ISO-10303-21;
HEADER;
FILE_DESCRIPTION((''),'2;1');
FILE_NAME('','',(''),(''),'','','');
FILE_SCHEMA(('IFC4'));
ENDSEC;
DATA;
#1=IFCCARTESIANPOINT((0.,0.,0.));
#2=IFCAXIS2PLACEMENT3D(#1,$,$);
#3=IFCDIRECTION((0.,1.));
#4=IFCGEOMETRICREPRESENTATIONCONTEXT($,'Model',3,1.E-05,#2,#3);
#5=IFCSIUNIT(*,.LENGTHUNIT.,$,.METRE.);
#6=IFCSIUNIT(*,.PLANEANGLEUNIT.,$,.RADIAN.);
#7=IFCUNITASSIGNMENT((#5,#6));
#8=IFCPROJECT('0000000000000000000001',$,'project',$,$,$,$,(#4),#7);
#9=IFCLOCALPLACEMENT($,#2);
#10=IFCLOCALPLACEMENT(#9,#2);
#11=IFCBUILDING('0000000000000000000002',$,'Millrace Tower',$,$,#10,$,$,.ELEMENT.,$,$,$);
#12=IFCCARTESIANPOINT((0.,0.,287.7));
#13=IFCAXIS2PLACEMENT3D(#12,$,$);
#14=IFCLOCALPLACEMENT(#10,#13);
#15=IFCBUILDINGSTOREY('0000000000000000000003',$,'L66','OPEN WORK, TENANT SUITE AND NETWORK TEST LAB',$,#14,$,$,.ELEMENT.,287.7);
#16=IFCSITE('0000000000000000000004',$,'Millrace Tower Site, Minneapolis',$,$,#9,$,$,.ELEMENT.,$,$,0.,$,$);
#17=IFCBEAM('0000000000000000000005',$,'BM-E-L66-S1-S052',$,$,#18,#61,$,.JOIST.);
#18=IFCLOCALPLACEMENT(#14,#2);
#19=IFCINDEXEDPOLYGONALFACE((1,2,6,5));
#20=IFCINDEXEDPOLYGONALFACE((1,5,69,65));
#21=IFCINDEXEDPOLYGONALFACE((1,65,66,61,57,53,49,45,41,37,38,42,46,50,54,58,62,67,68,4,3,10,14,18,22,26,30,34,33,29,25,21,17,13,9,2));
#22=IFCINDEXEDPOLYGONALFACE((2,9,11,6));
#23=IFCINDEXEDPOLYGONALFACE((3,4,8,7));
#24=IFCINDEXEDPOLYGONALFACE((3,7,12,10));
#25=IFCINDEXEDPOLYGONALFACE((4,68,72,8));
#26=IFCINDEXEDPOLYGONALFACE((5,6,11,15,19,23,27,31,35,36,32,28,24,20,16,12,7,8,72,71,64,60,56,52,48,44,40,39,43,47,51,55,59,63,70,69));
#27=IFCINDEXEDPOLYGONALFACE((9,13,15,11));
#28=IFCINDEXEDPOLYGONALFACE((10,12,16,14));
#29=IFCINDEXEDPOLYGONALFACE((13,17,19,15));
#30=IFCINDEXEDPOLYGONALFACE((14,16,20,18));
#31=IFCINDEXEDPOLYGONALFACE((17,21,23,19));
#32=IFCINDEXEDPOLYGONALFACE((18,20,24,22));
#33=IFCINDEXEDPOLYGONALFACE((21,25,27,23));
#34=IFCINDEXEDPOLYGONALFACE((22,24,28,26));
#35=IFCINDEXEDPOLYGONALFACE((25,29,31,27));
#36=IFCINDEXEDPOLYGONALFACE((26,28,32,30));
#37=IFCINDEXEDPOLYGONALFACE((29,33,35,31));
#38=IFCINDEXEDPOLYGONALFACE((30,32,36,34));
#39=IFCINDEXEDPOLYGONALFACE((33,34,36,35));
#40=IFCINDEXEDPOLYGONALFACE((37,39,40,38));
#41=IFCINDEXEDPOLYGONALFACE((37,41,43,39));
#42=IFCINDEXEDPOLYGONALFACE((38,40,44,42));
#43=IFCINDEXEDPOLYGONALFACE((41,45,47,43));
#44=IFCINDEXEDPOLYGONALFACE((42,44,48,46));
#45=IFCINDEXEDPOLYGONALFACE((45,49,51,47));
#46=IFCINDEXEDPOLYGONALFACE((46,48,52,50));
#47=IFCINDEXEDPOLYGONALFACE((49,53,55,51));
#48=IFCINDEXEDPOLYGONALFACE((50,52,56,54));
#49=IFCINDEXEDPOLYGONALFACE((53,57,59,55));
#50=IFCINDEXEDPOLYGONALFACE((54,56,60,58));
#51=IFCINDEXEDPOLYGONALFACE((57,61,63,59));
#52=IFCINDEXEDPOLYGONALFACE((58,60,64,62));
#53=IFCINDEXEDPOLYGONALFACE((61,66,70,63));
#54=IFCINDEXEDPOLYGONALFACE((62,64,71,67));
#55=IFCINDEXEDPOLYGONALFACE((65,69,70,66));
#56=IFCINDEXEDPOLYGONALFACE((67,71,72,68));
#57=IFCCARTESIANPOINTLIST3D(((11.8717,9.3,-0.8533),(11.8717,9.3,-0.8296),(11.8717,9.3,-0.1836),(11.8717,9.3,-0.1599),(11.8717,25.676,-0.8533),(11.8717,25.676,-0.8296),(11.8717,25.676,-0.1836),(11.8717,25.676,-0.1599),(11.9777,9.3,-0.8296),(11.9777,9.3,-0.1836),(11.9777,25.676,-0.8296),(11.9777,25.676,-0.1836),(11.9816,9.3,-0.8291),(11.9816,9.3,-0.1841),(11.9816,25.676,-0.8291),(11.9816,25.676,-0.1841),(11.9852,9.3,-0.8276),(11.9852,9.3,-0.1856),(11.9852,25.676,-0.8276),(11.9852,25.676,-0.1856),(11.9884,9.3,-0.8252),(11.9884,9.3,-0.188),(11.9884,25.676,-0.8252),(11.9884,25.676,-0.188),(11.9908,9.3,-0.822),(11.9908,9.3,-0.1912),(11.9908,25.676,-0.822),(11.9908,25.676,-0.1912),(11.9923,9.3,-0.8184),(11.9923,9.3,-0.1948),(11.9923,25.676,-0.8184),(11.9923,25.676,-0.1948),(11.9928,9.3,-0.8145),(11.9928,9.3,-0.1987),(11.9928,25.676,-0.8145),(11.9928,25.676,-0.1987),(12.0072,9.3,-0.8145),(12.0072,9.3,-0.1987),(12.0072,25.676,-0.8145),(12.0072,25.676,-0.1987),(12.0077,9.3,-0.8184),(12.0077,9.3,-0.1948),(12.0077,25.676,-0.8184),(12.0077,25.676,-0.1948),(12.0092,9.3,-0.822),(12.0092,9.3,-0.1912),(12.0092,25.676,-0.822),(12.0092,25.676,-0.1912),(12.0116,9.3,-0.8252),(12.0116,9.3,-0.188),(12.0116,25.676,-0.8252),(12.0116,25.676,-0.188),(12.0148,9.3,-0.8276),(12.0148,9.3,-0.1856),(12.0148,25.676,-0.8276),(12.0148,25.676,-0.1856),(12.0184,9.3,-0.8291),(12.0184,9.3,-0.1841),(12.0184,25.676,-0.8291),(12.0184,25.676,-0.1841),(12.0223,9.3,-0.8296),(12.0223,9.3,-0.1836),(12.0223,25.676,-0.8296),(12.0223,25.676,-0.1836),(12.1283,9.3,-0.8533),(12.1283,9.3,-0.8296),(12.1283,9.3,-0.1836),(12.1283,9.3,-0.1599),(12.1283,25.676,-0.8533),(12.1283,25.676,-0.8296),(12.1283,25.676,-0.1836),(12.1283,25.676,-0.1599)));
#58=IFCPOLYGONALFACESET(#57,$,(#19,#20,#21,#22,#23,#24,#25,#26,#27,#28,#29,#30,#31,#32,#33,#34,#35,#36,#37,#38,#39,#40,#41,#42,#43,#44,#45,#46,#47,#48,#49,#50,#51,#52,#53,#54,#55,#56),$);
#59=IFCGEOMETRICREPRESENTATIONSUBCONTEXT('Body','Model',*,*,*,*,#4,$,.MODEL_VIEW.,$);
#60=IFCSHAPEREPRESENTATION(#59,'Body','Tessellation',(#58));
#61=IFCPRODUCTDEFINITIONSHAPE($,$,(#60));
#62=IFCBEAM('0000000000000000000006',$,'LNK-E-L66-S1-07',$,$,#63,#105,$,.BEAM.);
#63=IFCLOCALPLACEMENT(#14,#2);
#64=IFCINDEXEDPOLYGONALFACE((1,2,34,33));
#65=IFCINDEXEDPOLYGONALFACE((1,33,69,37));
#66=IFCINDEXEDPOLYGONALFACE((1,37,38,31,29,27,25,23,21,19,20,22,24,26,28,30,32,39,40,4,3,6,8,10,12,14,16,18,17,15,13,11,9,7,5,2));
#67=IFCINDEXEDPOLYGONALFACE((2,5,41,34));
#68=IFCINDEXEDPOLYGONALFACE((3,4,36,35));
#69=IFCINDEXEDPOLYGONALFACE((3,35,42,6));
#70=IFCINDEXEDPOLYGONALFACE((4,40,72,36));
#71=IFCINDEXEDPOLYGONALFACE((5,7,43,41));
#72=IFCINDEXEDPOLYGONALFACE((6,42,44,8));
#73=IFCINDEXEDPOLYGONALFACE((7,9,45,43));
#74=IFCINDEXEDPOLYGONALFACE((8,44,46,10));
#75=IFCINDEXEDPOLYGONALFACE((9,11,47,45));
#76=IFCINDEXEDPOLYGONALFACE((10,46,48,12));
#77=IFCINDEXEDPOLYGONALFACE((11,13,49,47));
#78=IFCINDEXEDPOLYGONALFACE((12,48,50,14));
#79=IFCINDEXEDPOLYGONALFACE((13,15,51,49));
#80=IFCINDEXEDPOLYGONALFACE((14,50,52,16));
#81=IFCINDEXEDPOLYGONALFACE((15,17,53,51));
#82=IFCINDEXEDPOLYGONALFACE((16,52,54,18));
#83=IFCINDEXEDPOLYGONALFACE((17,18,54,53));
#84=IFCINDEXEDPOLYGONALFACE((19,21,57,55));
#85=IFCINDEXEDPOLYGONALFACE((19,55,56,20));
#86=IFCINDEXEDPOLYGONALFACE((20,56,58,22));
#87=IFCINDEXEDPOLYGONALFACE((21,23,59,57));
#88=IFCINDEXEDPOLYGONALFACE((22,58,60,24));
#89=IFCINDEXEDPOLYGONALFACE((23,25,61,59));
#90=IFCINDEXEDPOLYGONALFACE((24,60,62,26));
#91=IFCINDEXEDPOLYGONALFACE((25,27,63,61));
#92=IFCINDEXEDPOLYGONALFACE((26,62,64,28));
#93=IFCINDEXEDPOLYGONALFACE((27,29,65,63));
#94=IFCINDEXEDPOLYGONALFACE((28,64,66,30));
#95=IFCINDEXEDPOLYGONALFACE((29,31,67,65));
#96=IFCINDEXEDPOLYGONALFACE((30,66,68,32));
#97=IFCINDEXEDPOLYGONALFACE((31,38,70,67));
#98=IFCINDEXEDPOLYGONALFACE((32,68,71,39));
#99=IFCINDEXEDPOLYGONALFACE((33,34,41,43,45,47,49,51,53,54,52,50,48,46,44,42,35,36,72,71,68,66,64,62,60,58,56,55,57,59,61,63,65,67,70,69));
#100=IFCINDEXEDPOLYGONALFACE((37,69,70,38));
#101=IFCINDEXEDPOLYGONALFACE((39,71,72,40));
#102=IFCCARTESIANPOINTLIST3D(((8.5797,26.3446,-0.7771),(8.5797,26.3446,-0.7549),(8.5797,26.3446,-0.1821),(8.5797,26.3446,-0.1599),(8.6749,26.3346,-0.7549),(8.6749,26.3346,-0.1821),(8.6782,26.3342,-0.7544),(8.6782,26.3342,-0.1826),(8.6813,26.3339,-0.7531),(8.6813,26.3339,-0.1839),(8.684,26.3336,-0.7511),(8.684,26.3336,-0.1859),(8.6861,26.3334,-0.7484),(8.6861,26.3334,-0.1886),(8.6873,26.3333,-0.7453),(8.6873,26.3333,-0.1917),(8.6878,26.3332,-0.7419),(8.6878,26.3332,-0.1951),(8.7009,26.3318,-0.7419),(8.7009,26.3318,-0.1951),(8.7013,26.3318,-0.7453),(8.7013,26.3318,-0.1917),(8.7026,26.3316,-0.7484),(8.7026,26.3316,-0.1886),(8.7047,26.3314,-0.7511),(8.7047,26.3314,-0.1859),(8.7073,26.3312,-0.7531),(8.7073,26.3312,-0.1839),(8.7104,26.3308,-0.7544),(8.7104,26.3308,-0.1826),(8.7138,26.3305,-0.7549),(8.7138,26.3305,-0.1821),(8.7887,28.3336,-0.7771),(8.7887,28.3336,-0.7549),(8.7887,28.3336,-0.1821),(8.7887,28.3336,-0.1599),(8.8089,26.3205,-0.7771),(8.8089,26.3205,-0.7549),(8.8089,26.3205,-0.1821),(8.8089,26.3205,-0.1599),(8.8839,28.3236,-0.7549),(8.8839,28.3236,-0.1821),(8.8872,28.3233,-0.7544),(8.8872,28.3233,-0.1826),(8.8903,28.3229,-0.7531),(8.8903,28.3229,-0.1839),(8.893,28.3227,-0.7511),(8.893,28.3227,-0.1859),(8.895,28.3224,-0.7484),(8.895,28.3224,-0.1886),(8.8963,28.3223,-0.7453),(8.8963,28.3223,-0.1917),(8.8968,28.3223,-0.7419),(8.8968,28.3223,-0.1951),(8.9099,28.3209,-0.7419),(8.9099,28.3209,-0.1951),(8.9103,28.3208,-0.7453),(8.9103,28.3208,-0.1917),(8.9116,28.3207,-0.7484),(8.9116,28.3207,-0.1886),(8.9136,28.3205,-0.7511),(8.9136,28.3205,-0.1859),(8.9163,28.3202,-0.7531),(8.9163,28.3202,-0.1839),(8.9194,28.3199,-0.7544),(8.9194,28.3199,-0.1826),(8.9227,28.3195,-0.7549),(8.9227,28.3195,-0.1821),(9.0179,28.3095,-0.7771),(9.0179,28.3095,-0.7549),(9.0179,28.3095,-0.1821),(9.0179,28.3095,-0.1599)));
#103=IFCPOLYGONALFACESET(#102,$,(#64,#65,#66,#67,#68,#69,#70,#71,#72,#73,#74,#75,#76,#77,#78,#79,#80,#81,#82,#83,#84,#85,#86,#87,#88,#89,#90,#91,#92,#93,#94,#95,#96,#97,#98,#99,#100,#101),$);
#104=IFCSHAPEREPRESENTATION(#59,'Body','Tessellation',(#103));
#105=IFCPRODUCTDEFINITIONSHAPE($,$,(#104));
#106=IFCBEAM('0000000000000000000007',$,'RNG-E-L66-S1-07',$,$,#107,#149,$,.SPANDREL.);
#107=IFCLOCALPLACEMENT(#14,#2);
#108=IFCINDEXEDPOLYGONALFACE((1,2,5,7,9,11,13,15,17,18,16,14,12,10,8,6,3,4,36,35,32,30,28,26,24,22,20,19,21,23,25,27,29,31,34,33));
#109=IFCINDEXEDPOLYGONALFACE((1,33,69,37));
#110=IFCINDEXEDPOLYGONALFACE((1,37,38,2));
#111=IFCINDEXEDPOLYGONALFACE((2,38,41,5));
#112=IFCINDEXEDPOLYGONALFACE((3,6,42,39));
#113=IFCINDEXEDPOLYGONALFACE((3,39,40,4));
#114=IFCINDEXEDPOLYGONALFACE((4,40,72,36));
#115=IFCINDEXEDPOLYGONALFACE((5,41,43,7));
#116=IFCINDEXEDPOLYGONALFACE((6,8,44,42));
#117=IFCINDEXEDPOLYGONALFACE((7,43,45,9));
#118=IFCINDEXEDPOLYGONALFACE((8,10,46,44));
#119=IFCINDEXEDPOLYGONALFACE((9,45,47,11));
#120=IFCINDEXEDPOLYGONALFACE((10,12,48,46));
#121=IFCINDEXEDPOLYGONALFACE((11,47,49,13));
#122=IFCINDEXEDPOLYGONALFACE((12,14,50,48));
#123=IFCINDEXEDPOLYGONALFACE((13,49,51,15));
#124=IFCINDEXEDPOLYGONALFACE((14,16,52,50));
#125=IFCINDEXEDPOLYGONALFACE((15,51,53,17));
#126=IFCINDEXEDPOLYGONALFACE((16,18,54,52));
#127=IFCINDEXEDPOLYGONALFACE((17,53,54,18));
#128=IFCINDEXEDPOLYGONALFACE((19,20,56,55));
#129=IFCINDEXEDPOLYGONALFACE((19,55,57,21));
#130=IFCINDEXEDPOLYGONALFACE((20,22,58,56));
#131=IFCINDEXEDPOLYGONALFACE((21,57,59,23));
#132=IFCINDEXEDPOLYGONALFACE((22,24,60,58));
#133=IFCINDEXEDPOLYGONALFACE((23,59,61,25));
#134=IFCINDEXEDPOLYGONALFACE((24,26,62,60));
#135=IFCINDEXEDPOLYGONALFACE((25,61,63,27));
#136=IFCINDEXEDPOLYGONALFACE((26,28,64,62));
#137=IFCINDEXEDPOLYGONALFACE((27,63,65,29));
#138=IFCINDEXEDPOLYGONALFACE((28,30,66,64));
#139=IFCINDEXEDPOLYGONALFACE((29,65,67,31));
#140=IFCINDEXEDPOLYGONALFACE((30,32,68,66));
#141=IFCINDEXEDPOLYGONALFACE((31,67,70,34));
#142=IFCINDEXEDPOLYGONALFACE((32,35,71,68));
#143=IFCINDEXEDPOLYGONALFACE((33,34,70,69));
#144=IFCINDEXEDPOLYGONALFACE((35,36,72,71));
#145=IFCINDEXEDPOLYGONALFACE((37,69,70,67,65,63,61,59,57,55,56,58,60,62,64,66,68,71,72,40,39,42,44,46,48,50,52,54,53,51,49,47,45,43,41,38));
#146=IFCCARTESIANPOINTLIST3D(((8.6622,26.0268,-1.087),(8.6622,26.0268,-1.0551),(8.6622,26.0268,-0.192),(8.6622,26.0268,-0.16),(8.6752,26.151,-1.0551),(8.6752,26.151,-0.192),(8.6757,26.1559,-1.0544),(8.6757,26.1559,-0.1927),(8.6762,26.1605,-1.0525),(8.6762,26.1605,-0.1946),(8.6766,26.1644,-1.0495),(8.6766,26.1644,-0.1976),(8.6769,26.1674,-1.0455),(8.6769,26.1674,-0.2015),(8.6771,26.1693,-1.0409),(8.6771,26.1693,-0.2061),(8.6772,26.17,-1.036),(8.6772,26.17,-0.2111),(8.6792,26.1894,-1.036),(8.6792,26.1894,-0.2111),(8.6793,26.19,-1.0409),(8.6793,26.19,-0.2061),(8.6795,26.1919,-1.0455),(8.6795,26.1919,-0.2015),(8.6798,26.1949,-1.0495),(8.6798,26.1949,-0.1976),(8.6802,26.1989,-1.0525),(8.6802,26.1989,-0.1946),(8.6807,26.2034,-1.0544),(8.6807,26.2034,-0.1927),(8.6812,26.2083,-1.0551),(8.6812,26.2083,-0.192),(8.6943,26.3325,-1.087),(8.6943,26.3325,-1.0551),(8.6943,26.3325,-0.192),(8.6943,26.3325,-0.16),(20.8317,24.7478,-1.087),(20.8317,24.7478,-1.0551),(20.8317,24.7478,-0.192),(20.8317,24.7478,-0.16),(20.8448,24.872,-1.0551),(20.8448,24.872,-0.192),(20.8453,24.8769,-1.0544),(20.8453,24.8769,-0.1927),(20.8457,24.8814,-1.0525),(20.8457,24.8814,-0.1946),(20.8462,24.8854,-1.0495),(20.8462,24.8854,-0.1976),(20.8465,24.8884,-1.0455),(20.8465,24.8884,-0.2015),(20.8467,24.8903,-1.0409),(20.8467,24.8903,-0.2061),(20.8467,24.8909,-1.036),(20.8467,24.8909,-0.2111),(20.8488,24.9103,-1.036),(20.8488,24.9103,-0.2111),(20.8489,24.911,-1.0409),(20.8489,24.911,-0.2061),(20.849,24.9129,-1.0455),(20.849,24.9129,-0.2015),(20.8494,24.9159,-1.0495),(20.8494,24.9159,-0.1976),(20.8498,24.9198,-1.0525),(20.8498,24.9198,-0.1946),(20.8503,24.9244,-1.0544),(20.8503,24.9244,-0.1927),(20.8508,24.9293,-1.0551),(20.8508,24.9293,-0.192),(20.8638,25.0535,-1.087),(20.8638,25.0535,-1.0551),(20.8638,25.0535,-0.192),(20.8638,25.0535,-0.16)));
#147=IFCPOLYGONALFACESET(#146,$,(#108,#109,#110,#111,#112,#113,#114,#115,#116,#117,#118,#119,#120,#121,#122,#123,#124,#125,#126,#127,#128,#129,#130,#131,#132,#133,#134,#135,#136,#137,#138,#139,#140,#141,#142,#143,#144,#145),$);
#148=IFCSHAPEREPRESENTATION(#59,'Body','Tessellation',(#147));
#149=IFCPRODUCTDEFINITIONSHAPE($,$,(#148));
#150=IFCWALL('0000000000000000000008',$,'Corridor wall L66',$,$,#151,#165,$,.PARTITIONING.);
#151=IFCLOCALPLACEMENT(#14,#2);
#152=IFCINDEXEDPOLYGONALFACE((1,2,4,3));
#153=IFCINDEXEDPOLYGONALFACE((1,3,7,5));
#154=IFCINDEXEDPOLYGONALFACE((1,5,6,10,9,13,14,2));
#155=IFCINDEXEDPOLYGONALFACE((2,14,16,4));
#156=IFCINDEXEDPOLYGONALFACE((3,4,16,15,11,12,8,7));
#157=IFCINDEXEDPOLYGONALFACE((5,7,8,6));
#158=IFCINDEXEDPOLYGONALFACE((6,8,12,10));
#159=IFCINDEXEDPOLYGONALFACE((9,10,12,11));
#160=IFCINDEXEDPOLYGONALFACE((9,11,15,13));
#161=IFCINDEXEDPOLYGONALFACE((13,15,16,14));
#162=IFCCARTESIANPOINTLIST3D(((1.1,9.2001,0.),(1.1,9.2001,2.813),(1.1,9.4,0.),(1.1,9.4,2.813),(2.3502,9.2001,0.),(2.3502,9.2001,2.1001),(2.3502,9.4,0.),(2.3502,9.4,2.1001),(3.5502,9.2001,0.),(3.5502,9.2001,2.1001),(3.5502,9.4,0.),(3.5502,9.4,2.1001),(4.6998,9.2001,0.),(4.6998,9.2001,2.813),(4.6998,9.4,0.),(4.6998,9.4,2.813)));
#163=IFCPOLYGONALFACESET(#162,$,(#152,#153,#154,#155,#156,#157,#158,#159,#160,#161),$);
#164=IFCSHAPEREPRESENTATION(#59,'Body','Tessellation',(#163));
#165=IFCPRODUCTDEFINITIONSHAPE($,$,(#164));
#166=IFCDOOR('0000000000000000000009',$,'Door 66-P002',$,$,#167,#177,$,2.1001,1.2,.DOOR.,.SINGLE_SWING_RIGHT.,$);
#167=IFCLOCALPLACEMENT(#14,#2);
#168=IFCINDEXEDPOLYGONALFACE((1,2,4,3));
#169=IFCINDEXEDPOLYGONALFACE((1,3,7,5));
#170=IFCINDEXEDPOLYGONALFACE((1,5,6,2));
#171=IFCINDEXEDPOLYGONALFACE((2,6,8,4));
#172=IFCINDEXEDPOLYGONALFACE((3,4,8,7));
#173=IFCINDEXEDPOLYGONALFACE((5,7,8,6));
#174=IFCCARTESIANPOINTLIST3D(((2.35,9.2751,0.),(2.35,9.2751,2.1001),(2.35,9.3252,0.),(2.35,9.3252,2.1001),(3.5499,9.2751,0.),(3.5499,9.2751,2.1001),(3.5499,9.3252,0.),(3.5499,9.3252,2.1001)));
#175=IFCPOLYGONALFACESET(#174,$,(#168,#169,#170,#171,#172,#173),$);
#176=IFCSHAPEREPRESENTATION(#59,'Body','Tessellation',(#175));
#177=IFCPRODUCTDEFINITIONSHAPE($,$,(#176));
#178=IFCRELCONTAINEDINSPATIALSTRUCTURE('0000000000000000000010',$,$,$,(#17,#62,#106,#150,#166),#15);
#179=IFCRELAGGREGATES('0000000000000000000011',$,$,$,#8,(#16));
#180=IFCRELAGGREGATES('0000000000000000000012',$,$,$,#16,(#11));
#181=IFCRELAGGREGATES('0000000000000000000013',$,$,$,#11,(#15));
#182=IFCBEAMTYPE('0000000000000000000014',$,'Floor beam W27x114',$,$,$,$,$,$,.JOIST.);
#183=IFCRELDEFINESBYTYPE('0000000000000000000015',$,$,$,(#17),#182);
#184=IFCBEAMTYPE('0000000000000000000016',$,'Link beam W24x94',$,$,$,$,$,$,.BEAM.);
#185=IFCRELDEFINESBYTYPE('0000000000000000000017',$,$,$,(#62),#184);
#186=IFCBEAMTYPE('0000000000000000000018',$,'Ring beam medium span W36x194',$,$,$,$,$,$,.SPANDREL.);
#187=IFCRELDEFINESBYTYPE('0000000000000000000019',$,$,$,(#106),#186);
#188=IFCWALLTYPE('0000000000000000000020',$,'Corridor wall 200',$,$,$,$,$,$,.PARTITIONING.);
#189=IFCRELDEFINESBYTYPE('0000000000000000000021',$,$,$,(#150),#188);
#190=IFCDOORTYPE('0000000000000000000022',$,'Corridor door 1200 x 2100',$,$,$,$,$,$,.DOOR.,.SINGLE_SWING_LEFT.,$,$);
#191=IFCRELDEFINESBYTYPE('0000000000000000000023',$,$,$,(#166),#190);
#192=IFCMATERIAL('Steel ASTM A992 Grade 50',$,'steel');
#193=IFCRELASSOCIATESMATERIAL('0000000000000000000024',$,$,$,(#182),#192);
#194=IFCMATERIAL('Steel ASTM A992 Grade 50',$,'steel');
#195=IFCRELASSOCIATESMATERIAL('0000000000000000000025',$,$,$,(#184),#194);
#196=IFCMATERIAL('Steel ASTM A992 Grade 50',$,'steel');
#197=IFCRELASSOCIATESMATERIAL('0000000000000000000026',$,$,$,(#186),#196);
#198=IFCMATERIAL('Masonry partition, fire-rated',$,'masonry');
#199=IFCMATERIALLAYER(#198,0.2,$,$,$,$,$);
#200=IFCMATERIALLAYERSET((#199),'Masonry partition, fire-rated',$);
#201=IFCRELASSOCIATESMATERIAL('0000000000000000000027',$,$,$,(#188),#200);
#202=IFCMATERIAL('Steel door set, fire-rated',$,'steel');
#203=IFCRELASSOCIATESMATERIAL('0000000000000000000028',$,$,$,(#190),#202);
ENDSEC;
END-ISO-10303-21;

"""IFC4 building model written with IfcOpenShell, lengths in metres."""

from ifc_helpers import new_model, si_unit, direction, frame, frame_2d, origin, origin_2d, place, context, subcontext, project, spatial, rectangle, i_section, extrude, material, layer, layer_set, material_profile, profile_set, type_object, element, fill, save


model = new_model("IFC4")

# Units and contexts
model_context = context("Model", 3, precision=1e-05, world=origin(), true_north=direction((0.0, 1.0)))
body_context = subcontext(model_context, "Body", "Model", "MODEL_VIEW")
ifc_project = project(units=[si_unit("LENGTHUNIT", "METRE"), si_unit("PLANEANGLEUNIT", "RADIAN")], contexts=[model_context])

# Site, building, storey
site_placement = place(None, origin())
site = spatial("IfcSite", under=ifc_project, at=site_placement, Name="Millrace Tower Site, Minneapolis", CompositionType="ELEMENT", RefElevation=0.0)
building_placement = place(site_placement, origin())
building = spatial("IfcBuilding", under=site, at=building_placement, Name="Millrace Tower", CompositionType="ELEMENT")
storey_placement = place(building_placement, frame((0.0, 0.0, 287.7)))
storey = spatial("IfcBuildingStorey", under=building, at=storey_placement, Name="L66", Description="OPEN WORK, TENANT SUITE AND NETWORK TEST LAB", CompositionType="ELEMENT", Elevation=287.7)

# Beams
ifc_material_1 = material(Name="Steel ASTM A992 Grade 50", Category="steel")
ifc_material_profile_1 = material_profile(ifc_material_1, i_section(OverallWidth=0.2566, OverallDepth=0.6934, WebThickness=0.0144, FlangeThickness=0.0237, FilletRadius=0.0151, at=origin_2d()))
ifc_profile_set_1 = profile_set([ifc_material_profile_1], Name="Steel ASTM A992 Grade 50")
beam_type_1 = type_object("IfcBeamType", Name="Floor beam W27x114", PredefinedType="JOIST", material=ifc_profile_set_1)
beam_1_placement = place(storey_placement, frame((12.0, 9.3, -0.5066), z_axis=(0.0, 1.0, 0.0), x_axis=(-1.0, 0.0, 0.0)))
element("IfcBeam", 1, at=beam_1_placement, inside=storey, type_object=beam_type_1, Name="BM-E-L66-S1-S052", PredefinedType="JOIST", context=body_context, shape_type="SweptSolid", body=[
    extrude(i_section(OverallWidth=0.2566, OverallDepth=0.6934, WebThickness=0.0144, FlangeThickness=0.0237, FilletRadius=0.0151, at=origin_2d()), origin(), (0.0, 0.0, 1.0), 16.376),
])
ifc_material_2 = material(Name="Steel ASTM A992 Grade 50", Category="steel")
ifc_material_profile_2 = material_profile(ifc_material_2, i_section(OverallWidth=0.2305, OverallDepth=0.6172, WebThickness=0.0132, FlangeThickness=0.0222, FilletRadius=0.0129, at=origin_2d()))
ifc_profile_set_2 = profile_set([ifc_material_profile_2], Name="Steel ASTM A992 Grade 50")
beam_type_2 = type_object("IfcBeamType", Name="Link beam W24x94", PredefinedType="BEAM", material=ifc_profile_set_2)
beam_2_placement = place(storey_placement, frame((8.6943, 26.3325, -0.4685), z_axis=(0.104494, 0.994526, 0.0), x_axis=(-0.994526, 0.104494, 0.0)))
element("IfcBeam", 2, at=beam_2_placement, inside=storey, type_object=beam_type_2, Name="LNK-E-L66-S1-07", PredefinedType="BEAM", context=body_context, shape_type="SweptSolid", body=[
    extrude(i_section(OverallWidth=0.2305, OverallDepth=0.6172, WebThickness=0.0132, FlangeThickness=0.0222, FilletRadius=0.0129, at=origin_2d()), origin(), (0.0, 0.0, 1.0), 2.0),
])
ifc_material_3 = material(Name="Steel ASTM A992 Grade 50", Category="steel")
ifc_material_profile_3 = material_profile(ifc_material_3, i_section(OverallWidth=0.3074, OverallDepth=0.927, WebThickness=0.0195, FlangeThickness=0.032, FilletRadius=0.019, at=origin_2d()))
ifc_profile_set_3 = profile_set([ifc_material_profile_3], Name="Steel ASTM A992 Grade 50")
beam_type_3 = type_object("IfcBeamType", Name="Ring beam medium span W36x194", PredefinedType="SPANDREL", material=ifc_profile_set_3)
beam_3_placement = place(storey_placement, frame((8.6782, 26.1797, -0.6235), z_axis=(0.994522, -0.104528, 0.0), x_axis=(0.104528, 0.994522, 0.0)))
element("IfcBeam", 3, at=beam_3_placement, inside=storey, type_object=beam_type_3, Name="RNG-E-L66-S1-07", PredefinedType="SPANDREL", context=body_context, shape_type="SweptSolid", body=[
    extrude(i_section(OverallWidth=0.3074, OverallDepth=0.927, WebThickness=0.0195, FlangeThickness=0.032, FilletRadius=0.019, at=origin_2d()), origin(), (0.0, 0.0, 1.0), 12.2366),
])

# Wall, opening, door
ifc_material_4 = material(Name="Masonry partition, fire-rated", Category="masonry")
ifc_layer_1 = layer(ifc_material_4, 0.2)
ifc_layer_set_1 = layer_set([ifc_layer_1], Name="Masonry partition, fire-rated")
wall_type_1 = type_object("IfcWallType", Name="Corridor wall 200", PredefinedType="PARTITIONING", material=ifc_layer_set_1)
wall_1_placement = place(storey_placement, frame((1.1001, 9.3, 0.0), z_axis=(0.0, 0.0, 1.0), x_axis=(1.0, 0.0, 0.0)))
wall_1 = element("IfcWall", 4, at=wall_1_placement, inside=storey, type_object=wall_type_1, Name="Corridor wall L66", PredefinedType="PARTITIONING", context=body_context, shape_type="SweptSolid", body=[
    extrude(rectangle(XDim=3.5999, YDim=0.2, at=frame_2d((1.7998, 0.0))), origin(), (0.0, 0.0, 1.0), 2.813),
])
opening_1_placement = place(wall_1_placement, frame((1.25, 0.0, 0.0)))
opening_1 = element("IfcOpeningElement", 5, at=opening_1_placement, cuts=wall_1, PredefinedType="OPENING", context=body_context, shape_type="SweptSolid", body=[
    extrude(rectangle(XDim=1.2, YDim=2.1001, at=frame_2d((0.6001, 1.05))), frame((0.0, 0.1099, 0.0), z_axis=(0.0, -1.0, 0.0), x_axis=(1.0, 0.0, 0.0)), (0.0, 0.0, 1.0), 0.22),
])
ifc_material_5 = material(Name="Steel door set, fire-rated", Category="steel")
door_type_1 = type_object("IfcDoorType", Name="Corridor door 1200 x 2100", OperationType="SINGLE_SWING_LEFT", PredefinedType="DOOR", material=ifc_material_5)
door_1_placement = place(opening_1_placement, frame((1.2, 0.0, 0.0), z_axis=(0.0, 0.0, 1.0), x_axis=(-1.0, 0.0, 0.0)))
door_1 = element("IfcDoor", 6, at=door_1_placement, inside=storey, type_object=door_type_1, Name="Door 66-P002", OperationType="SINGLE_SWING_RIGHT", OverallHeight=2.1001, OverallWidth=1.2, PredefinedType="DOOR", context=body_context, shape_type="SweptSolid", body=[
    extrude(rectangle(XDim=1.2, YDim=2.1001, at=frame_2d((0.6001, 1.05))), frame((0.0, 0.0249, 0.0), z_axis=(0.0, -1.0, 0.0), x_axis=(1.0, 0.0, 0.0)), (0.0, 0.0, 1.0), 0.05),
])
fill(opening_1, door_1)

save(model, "model.ifc")
